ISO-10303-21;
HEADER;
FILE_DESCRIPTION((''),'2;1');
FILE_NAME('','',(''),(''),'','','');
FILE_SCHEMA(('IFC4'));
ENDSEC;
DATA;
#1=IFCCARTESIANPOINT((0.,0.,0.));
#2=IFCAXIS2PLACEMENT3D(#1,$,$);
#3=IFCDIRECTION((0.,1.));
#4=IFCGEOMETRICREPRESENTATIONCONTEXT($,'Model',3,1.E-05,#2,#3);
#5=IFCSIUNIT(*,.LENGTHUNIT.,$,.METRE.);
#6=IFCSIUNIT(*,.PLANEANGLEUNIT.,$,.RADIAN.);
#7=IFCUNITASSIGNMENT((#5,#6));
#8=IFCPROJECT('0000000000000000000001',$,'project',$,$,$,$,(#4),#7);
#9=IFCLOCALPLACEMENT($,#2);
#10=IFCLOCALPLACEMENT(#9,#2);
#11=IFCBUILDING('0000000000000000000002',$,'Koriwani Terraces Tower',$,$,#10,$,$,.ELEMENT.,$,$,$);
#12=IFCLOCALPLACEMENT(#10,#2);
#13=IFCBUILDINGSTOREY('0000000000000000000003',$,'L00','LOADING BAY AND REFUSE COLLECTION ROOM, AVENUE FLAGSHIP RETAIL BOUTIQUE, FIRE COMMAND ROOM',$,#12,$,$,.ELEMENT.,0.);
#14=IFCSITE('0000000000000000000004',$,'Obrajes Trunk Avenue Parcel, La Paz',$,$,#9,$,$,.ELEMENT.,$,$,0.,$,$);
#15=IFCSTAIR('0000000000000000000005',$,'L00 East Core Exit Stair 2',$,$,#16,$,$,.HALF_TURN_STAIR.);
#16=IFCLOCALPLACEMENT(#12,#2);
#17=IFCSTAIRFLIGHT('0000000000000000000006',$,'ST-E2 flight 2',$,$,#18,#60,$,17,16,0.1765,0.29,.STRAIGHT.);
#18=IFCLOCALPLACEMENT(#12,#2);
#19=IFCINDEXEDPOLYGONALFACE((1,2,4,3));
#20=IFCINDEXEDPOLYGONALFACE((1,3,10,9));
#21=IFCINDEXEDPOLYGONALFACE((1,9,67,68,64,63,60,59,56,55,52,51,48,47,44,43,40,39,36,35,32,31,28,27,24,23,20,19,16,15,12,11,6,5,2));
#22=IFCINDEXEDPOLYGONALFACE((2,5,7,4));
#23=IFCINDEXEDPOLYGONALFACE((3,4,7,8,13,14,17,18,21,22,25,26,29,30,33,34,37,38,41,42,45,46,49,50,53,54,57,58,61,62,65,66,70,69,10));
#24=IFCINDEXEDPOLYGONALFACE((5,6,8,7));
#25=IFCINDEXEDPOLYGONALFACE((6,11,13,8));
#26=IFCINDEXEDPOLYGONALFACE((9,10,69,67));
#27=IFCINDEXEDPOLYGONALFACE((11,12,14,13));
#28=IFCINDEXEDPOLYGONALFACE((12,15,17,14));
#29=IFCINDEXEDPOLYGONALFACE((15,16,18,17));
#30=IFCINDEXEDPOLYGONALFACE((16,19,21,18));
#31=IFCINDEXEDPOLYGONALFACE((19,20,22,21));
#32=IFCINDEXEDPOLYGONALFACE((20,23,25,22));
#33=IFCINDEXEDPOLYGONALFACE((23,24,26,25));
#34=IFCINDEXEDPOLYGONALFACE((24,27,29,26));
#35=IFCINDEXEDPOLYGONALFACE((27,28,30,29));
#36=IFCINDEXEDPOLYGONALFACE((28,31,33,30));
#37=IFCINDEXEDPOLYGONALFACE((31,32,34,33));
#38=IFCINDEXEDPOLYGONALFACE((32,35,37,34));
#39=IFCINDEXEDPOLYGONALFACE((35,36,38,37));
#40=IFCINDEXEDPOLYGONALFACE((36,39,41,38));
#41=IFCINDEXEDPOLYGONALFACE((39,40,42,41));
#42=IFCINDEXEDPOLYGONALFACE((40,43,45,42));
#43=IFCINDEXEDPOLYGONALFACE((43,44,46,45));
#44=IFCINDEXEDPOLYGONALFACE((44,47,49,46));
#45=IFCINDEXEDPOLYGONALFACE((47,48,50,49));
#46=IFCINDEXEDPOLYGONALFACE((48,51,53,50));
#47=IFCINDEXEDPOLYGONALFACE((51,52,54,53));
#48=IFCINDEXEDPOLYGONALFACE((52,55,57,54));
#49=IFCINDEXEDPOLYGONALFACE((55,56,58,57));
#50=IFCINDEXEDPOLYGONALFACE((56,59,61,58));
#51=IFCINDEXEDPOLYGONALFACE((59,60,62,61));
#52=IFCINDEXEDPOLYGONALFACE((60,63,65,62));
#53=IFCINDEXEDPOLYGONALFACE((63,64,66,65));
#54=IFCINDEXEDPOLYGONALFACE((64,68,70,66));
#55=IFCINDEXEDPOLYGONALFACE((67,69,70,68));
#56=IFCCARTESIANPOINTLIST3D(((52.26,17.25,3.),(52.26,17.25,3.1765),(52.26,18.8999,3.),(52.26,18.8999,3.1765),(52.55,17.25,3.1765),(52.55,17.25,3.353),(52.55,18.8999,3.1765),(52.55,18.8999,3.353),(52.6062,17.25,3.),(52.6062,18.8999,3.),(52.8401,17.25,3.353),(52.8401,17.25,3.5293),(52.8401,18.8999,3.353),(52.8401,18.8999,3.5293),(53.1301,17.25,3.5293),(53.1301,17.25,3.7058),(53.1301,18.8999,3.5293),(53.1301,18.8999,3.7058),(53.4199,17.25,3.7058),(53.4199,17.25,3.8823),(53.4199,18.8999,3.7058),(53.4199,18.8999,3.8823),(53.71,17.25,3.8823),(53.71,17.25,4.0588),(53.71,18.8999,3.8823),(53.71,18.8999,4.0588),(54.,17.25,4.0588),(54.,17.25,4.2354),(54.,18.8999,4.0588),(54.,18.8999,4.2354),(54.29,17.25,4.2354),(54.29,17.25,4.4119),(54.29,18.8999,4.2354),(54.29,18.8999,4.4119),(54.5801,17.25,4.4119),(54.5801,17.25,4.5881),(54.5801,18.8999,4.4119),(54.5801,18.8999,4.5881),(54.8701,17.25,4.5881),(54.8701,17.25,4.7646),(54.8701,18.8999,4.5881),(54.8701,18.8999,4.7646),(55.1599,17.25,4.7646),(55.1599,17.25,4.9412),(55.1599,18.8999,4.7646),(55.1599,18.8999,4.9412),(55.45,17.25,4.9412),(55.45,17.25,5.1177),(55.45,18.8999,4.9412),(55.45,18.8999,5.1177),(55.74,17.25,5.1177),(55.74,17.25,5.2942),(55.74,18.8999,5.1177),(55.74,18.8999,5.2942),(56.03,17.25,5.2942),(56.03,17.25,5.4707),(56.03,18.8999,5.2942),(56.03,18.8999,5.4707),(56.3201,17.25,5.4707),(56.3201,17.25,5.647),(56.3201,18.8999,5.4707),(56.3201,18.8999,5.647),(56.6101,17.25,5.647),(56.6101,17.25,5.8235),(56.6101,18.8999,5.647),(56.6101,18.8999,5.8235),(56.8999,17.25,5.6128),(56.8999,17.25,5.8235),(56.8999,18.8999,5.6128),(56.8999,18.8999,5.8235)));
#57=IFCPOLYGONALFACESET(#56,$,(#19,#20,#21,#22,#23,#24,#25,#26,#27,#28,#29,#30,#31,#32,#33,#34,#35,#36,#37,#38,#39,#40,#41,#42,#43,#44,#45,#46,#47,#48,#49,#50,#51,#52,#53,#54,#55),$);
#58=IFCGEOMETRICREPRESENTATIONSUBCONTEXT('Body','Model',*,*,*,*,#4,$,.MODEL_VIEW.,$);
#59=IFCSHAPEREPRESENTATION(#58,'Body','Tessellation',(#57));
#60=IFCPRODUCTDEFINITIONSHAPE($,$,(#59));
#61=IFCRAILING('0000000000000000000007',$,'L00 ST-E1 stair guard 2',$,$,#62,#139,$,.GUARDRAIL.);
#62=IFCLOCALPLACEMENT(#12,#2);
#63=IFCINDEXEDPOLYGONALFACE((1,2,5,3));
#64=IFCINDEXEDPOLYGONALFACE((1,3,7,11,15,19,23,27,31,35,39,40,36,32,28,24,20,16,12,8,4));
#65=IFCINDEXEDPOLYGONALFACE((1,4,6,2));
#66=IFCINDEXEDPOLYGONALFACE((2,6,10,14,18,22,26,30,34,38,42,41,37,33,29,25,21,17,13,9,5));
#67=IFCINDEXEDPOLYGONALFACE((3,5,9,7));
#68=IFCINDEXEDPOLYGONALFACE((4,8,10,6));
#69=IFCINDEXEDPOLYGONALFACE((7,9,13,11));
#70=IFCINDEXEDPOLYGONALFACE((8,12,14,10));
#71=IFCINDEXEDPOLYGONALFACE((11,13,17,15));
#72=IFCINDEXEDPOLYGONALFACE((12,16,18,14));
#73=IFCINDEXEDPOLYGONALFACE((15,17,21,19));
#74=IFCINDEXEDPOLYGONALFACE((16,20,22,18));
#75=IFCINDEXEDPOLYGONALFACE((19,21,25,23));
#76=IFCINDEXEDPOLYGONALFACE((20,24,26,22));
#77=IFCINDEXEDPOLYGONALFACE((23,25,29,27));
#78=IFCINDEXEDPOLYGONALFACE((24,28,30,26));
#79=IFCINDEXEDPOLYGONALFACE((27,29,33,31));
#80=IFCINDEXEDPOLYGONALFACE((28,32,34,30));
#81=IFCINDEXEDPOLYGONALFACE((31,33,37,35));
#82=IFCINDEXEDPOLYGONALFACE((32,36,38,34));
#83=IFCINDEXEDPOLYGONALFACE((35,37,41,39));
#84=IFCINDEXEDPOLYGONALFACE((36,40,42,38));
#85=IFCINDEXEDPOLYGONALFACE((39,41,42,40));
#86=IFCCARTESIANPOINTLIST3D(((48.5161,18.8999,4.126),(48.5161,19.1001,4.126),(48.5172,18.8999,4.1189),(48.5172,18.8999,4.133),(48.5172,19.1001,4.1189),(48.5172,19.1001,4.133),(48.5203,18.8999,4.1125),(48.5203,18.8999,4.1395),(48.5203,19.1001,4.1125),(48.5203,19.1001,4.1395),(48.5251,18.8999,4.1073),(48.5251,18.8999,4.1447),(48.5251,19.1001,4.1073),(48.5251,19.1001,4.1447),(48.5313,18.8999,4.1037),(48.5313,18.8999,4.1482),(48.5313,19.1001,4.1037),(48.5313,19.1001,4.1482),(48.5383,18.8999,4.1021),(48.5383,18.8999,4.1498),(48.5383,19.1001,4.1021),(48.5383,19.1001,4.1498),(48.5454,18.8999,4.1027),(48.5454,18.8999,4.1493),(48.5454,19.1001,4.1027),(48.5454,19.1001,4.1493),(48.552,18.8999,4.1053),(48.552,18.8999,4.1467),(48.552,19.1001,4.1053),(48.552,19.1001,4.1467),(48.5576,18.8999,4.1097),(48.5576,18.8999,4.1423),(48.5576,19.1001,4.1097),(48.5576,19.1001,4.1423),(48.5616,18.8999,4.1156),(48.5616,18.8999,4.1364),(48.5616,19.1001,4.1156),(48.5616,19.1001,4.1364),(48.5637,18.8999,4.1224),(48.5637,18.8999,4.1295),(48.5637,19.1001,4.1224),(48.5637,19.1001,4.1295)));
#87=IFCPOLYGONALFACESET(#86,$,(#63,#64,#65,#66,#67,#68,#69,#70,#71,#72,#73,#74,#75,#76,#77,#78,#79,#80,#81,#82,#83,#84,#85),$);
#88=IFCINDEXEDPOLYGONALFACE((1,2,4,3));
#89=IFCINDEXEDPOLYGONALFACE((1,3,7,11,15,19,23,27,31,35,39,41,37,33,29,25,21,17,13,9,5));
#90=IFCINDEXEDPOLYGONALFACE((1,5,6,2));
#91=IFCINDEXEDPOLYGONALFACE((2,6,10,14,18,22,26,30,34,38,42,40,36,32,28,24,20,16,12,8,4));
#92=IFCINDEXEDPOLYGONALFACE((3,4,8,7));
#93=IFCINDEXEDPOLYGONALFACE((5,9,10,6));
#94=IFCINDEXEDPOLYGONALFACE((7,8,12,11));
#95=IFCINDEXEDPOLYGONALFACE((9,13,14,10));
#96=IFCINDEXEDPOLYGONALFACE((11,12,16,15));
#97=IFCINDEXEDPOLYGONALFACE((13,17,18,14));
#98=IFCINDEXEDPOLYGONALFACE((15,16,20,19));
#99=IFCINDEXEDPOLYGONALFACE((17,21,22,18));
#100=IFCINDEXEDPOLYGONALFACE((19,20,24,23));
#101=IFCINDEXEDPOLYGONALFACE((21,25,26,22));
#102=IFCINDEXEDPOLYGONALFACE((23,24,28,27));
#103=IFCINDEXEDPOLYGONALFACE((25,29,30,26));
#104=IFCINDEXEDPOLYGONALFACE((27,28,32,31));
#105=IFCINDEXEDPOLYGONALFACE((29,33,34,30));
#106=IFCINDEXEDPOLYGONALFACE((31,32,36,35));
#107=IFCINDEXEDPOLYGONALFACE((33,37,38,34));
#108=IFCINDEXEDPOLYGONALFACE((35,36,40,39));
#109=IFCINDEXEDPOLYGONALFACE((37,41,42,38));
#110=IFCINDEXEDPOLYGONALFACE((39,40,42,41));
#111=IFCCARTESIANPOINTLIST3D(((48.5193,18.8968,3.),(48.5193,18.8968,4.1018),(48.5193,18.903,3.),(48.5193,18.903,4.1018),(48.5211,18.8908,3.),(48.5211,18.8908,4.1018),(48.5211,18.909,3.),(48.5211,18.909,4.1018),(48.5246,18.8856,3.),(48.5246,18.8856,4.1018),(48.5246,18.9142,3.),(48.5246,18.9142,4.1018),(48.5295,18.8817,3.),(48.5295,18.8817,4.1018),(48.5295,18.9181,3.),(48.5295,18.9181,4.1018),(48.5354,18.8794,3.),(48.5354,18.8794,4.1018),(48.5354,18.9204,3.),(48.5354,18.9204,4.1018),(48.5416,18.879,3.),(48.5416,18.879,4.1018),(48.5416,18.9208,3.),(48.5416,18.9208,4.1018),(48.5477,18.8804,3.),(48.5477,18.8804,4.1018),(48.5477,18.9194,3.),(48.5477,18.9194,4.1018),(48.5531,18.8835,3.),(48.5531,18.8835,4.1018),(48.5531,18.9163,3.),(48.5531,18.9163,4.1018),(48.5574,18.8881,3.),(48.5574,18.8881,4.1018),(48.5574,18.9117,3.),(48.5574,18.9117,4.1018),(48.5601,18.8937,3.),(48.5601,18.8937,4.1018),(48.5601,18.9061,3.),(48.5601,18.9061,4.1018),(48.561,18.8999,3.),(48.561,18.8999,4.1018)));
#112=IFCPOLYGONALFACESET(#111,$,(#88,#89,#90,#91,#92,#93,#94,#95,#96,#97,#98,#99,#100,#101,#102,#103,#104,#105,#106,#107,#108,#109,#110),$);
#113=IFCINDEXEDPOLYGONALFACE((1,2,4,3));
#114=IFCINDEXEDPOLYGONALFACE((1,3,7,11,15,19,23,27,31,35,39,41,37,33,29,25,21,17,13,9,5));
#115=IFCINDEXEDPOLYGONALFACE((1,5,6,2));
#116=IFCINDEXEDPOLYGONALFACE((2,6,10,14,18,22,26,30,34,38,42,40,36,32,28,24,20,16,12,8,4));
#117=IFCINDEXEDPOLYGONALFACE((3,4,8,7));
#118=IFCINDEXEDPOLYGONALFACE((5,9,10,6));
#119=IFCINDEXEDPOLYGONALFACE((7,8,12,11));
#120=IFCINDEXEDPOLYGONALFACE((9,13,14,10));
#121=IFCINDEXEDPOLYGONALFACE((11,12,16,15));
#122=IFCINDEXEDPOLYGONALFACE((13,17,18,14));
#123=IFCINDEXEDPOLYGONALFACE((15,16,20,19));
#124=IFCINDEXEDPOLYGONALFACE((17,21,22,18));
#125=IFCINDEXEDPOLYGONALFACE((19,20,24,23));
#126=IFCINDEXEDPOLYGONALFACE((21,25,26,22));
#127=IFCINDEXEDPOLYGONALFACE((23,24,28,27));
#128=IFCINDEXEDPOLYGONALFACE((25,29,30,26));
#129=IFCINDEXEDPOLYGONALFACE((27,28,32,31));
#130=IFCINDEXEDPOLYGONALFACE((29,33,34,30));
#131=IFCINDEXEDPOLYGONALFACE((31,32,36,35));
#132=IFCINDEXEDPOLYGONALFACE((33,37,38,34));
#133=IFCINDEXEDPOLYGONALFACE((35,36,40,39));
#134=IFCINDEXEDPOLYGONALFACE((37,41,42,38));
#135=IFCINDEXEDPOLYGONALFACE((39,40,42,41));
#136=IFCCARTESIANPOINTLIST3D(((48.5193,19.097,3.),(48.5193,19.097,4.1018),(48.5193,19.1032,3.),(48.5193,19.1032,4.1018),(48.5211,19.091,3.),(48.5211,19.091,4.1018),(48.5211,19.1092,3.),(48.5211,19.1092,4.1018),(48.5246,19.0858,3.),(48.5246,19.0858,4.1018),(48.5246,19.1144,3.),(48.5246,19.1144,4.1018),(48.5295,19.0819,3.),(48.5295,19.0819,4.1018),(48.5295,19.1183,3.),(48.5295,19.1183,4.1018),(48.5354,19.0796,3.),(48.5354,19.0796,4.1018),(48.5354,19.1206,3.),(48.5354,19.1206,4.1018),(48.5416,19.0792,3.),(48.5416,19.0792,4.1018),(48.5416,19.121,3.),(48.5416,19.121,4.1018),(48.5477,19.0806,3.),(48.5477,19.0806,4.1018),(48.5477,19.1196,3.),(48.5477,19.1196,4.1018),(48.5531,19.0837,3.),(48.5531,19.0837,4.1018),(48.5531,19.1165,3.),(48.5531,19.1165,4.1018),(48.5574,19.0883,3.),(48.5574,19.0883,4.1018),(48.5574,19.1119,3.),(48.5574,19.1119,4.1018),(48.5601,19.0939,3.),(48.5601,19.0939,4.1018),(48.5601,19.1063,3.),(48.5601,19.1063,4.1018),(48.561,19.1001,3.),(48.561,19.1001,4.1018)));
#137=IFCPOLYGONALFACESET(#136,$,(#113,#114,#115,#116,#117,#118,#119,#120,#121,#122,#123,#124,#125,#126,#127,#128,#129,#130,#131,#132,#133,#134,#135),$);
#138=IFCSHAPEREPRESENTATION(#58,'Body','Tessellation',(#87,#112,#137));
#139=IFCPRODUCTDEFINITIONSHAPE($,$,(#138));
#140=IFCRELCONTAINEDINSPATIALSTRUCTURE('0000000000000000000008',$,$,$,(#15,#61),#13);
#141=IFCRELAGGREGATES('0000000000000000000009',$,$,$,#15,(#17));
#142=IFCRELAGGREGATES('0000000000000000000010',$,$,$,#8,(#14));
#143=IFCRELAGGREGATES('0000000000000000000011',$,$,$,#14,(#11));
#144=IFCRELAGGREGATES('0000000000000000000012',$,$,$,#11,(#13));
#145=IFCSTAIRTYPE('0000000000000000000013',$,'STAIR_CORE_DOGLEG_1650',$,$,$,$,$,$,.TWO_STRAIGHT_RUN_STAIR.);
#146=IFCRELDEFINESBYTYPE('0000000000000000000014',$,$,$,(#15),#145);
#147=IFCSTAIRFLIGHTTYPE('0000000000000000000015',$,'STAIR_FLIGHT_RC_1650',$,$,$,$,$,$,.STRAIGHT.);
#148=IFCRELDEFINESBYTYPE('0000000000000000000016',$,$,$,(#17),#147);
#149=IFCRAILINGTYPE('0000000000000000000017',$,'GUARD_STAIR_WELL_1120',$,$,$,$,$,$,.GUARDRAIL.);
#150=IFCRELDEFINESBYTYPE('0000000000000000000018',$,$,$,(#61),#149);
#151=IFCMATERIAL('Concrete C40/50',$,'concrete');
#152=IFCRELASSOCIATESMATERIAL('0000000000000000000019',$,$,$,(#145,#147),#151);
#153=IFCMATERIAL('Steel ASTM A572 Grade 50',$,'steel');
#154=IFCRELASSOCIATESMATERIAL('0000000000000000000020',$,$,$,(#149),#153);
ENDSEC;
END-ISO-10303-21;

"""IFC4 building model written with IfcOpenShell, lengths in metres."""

from ifc_helpers import new_model, si_unit, direction, frame, origin, origin_2d, place, context, subcontext, project, spatial, polyline, circle, outline, extrude, material, type_object, element, aggregate, save


model = new_model("IFC4")

# Units and contexts
model_context = context("Model", 3, precision=1e-05, world=origin(), true_north=direction((0.0, 1.0)))
body_context = subcontext(model_context, "Body", "Model", "MODEL_VIEW")
ifc_project = project(units=[si_unit("LENGTHUNIT", "METRE"), si_unit("PLANEANGLEUNIT", "RADIAN")], contexts=[model_context])

# Site, building, storey
site_placement = place(None, origin())
site = spatial("IfcSite", under=ifc_project, at=site_placement, Name="Obrajes Trunk Avenue Parcel, La Paz", CompositionType="ELEMENT", RefElevation=0.0)
building_placement = place(site_placement, origin())
building = spatial("IfcBuilding", under=site, at=building_placement, Name="Koriwani Terraces Tower", CompositionType="ELEMENT")
storey_placement = place(building_placement, origin())
storey = spatial("IfcBuildingStorey", under=building, at=storey_placement, Name="L00", Description="LOADING BAY AND REFUSE COLLECTION ROOM, AVENUE FLAGSHIP RETAIL BOUTIQUE, FIRE COMMAND ROOM", CompositionType="ELEMENT", Elevation=0.0)

# Shared definitions
ifc_material_1 = material(Name="Steel ASTM A572 Grade 50", Category="steel")

# Shared definitions
ifc_material_2 = material(Name="Concrete C40/50", Category="concrete")

# Stair, stair flight
stair_type = type_object("IfcStairType", Name="STAIR_CORE_DOGLEG_1650", PredefinedType="TWO_STRAIGHT_RUN_STAIR", material=ifc_material_2)
stair_flight_type = type_object("IfcStairFlightType", Name="STAIR_FLIGHT_RC_1650", PredefinedType="STRAIGHT", material=ifc_material_2)
stair_1_placement = place(storey_placement, origin())
stair_1 = element("IfcStair", 1, at=stair_1_placement, inside=storey, type_object=stair_type, Name="L00 East Core Exit Stair 2", PredefinedType="HALF_TURN_STAIR")
stair_flight_1_placement = place(storey_placement, frame((52.26, 18.075, 3.0), z_axis=(0.0, 0.0, 1.0), x_axis=(1.0, 0.0, 0.0)))
stair_flight_1 = element("IfcStairFlight", 2, at=stair_flight_1_placement, type_object=stair_flight_type, Name="ST-E2 flight 2", NumberOfRisers=17, NumberOfTreads=16, PredefinedType="STRAIGHT", RiserHeight=0.1765, TreadLength=0.29, context=body_context, shape_type="SweptSolid", body=[
    extrude(outline(polyline([(0.0, 0.0), (0.0, 0.1765), (0.29, 0.1765), (0.29, 0.353), (0.5801, 0.353), (0.5801, 0.5293), (0.8701, 0.5293), (0.8701, 0.7058), (1.1599, 0.7058), (1.1599, 0.8823), (1.45, 0.8823), (1.45, 1.0588), (1.74, 1.0588), (1.74, 1.2354), (2.03, 1.2354), (2.03, 1.4119), (2.3201, 1.4119), (2.3201, 1.5881), (2.6101, 1.5881), (2.6101, 1.7646), (2.8999, 1.7646), (2.8999, 1.9412), (3.1899, 1.9412), (3.1899, 2.1177), (3.48, 2.1177), (3.48, 2.2942), (3.77, 2.2942), (3.77, 2.4707), (4.0601, 2.4707), (4.0601, 2.647), (4.3501, 2.647), (4.3501, 2.8235), (4.6399, 2.8235), (4.6399, 3.0), (4.6399, 2.6128), (0.3462, 0.0), (0.0, 0.0)])), frame((0.0, 0.825, 0.0), z_axis=(0.0, -1.0, 0.0), x_axis=(1.0, 0.0, 0.0)), (0.0, 0.0, 1.0), 1.6499),
])
aggregate(stair_1, [stair_flight_1])

# Railing
railing_type_1 = type_object("IfcRailingType", Name="GUARD_STAIR_WELL_1120", PredefinedType="GUARDRAIL", material=ifc_material_1)
railing_1_placement = place(storey_placement, frame((48.54, 18.8999, 3.0)))
element("IfcRailing", 3, at=railing_1_placement, inside=storey, type_object=railing_type_1, Name="L00 ST-E1 stair guard 2", PredefinedType="GUARDRAIL", context=body_context, shape_type="SweptSolid", body=[
    extrude(circle(Radius=0.0239, at=origin_2d()), frame((0.0, 0.0, 1.126), z_axis=(0.0, 1.0, 0.0), x_axis=(-1.0, 0.0, 0.0)), (0.0, 0.0, 1.0), 0.2002),
    extrude(circle(Radius=0.021, at=origin_2d()), origin(), (0.0, 0.0, 1.0), 1.1018),
    extrude(circle(Radius=0.021, at=origin_2d()), frame((0.0, 0.2002, 0.0)), (0.0, 0.0, 1.0), 1.1018),
])

save(model, "model.ifc")
